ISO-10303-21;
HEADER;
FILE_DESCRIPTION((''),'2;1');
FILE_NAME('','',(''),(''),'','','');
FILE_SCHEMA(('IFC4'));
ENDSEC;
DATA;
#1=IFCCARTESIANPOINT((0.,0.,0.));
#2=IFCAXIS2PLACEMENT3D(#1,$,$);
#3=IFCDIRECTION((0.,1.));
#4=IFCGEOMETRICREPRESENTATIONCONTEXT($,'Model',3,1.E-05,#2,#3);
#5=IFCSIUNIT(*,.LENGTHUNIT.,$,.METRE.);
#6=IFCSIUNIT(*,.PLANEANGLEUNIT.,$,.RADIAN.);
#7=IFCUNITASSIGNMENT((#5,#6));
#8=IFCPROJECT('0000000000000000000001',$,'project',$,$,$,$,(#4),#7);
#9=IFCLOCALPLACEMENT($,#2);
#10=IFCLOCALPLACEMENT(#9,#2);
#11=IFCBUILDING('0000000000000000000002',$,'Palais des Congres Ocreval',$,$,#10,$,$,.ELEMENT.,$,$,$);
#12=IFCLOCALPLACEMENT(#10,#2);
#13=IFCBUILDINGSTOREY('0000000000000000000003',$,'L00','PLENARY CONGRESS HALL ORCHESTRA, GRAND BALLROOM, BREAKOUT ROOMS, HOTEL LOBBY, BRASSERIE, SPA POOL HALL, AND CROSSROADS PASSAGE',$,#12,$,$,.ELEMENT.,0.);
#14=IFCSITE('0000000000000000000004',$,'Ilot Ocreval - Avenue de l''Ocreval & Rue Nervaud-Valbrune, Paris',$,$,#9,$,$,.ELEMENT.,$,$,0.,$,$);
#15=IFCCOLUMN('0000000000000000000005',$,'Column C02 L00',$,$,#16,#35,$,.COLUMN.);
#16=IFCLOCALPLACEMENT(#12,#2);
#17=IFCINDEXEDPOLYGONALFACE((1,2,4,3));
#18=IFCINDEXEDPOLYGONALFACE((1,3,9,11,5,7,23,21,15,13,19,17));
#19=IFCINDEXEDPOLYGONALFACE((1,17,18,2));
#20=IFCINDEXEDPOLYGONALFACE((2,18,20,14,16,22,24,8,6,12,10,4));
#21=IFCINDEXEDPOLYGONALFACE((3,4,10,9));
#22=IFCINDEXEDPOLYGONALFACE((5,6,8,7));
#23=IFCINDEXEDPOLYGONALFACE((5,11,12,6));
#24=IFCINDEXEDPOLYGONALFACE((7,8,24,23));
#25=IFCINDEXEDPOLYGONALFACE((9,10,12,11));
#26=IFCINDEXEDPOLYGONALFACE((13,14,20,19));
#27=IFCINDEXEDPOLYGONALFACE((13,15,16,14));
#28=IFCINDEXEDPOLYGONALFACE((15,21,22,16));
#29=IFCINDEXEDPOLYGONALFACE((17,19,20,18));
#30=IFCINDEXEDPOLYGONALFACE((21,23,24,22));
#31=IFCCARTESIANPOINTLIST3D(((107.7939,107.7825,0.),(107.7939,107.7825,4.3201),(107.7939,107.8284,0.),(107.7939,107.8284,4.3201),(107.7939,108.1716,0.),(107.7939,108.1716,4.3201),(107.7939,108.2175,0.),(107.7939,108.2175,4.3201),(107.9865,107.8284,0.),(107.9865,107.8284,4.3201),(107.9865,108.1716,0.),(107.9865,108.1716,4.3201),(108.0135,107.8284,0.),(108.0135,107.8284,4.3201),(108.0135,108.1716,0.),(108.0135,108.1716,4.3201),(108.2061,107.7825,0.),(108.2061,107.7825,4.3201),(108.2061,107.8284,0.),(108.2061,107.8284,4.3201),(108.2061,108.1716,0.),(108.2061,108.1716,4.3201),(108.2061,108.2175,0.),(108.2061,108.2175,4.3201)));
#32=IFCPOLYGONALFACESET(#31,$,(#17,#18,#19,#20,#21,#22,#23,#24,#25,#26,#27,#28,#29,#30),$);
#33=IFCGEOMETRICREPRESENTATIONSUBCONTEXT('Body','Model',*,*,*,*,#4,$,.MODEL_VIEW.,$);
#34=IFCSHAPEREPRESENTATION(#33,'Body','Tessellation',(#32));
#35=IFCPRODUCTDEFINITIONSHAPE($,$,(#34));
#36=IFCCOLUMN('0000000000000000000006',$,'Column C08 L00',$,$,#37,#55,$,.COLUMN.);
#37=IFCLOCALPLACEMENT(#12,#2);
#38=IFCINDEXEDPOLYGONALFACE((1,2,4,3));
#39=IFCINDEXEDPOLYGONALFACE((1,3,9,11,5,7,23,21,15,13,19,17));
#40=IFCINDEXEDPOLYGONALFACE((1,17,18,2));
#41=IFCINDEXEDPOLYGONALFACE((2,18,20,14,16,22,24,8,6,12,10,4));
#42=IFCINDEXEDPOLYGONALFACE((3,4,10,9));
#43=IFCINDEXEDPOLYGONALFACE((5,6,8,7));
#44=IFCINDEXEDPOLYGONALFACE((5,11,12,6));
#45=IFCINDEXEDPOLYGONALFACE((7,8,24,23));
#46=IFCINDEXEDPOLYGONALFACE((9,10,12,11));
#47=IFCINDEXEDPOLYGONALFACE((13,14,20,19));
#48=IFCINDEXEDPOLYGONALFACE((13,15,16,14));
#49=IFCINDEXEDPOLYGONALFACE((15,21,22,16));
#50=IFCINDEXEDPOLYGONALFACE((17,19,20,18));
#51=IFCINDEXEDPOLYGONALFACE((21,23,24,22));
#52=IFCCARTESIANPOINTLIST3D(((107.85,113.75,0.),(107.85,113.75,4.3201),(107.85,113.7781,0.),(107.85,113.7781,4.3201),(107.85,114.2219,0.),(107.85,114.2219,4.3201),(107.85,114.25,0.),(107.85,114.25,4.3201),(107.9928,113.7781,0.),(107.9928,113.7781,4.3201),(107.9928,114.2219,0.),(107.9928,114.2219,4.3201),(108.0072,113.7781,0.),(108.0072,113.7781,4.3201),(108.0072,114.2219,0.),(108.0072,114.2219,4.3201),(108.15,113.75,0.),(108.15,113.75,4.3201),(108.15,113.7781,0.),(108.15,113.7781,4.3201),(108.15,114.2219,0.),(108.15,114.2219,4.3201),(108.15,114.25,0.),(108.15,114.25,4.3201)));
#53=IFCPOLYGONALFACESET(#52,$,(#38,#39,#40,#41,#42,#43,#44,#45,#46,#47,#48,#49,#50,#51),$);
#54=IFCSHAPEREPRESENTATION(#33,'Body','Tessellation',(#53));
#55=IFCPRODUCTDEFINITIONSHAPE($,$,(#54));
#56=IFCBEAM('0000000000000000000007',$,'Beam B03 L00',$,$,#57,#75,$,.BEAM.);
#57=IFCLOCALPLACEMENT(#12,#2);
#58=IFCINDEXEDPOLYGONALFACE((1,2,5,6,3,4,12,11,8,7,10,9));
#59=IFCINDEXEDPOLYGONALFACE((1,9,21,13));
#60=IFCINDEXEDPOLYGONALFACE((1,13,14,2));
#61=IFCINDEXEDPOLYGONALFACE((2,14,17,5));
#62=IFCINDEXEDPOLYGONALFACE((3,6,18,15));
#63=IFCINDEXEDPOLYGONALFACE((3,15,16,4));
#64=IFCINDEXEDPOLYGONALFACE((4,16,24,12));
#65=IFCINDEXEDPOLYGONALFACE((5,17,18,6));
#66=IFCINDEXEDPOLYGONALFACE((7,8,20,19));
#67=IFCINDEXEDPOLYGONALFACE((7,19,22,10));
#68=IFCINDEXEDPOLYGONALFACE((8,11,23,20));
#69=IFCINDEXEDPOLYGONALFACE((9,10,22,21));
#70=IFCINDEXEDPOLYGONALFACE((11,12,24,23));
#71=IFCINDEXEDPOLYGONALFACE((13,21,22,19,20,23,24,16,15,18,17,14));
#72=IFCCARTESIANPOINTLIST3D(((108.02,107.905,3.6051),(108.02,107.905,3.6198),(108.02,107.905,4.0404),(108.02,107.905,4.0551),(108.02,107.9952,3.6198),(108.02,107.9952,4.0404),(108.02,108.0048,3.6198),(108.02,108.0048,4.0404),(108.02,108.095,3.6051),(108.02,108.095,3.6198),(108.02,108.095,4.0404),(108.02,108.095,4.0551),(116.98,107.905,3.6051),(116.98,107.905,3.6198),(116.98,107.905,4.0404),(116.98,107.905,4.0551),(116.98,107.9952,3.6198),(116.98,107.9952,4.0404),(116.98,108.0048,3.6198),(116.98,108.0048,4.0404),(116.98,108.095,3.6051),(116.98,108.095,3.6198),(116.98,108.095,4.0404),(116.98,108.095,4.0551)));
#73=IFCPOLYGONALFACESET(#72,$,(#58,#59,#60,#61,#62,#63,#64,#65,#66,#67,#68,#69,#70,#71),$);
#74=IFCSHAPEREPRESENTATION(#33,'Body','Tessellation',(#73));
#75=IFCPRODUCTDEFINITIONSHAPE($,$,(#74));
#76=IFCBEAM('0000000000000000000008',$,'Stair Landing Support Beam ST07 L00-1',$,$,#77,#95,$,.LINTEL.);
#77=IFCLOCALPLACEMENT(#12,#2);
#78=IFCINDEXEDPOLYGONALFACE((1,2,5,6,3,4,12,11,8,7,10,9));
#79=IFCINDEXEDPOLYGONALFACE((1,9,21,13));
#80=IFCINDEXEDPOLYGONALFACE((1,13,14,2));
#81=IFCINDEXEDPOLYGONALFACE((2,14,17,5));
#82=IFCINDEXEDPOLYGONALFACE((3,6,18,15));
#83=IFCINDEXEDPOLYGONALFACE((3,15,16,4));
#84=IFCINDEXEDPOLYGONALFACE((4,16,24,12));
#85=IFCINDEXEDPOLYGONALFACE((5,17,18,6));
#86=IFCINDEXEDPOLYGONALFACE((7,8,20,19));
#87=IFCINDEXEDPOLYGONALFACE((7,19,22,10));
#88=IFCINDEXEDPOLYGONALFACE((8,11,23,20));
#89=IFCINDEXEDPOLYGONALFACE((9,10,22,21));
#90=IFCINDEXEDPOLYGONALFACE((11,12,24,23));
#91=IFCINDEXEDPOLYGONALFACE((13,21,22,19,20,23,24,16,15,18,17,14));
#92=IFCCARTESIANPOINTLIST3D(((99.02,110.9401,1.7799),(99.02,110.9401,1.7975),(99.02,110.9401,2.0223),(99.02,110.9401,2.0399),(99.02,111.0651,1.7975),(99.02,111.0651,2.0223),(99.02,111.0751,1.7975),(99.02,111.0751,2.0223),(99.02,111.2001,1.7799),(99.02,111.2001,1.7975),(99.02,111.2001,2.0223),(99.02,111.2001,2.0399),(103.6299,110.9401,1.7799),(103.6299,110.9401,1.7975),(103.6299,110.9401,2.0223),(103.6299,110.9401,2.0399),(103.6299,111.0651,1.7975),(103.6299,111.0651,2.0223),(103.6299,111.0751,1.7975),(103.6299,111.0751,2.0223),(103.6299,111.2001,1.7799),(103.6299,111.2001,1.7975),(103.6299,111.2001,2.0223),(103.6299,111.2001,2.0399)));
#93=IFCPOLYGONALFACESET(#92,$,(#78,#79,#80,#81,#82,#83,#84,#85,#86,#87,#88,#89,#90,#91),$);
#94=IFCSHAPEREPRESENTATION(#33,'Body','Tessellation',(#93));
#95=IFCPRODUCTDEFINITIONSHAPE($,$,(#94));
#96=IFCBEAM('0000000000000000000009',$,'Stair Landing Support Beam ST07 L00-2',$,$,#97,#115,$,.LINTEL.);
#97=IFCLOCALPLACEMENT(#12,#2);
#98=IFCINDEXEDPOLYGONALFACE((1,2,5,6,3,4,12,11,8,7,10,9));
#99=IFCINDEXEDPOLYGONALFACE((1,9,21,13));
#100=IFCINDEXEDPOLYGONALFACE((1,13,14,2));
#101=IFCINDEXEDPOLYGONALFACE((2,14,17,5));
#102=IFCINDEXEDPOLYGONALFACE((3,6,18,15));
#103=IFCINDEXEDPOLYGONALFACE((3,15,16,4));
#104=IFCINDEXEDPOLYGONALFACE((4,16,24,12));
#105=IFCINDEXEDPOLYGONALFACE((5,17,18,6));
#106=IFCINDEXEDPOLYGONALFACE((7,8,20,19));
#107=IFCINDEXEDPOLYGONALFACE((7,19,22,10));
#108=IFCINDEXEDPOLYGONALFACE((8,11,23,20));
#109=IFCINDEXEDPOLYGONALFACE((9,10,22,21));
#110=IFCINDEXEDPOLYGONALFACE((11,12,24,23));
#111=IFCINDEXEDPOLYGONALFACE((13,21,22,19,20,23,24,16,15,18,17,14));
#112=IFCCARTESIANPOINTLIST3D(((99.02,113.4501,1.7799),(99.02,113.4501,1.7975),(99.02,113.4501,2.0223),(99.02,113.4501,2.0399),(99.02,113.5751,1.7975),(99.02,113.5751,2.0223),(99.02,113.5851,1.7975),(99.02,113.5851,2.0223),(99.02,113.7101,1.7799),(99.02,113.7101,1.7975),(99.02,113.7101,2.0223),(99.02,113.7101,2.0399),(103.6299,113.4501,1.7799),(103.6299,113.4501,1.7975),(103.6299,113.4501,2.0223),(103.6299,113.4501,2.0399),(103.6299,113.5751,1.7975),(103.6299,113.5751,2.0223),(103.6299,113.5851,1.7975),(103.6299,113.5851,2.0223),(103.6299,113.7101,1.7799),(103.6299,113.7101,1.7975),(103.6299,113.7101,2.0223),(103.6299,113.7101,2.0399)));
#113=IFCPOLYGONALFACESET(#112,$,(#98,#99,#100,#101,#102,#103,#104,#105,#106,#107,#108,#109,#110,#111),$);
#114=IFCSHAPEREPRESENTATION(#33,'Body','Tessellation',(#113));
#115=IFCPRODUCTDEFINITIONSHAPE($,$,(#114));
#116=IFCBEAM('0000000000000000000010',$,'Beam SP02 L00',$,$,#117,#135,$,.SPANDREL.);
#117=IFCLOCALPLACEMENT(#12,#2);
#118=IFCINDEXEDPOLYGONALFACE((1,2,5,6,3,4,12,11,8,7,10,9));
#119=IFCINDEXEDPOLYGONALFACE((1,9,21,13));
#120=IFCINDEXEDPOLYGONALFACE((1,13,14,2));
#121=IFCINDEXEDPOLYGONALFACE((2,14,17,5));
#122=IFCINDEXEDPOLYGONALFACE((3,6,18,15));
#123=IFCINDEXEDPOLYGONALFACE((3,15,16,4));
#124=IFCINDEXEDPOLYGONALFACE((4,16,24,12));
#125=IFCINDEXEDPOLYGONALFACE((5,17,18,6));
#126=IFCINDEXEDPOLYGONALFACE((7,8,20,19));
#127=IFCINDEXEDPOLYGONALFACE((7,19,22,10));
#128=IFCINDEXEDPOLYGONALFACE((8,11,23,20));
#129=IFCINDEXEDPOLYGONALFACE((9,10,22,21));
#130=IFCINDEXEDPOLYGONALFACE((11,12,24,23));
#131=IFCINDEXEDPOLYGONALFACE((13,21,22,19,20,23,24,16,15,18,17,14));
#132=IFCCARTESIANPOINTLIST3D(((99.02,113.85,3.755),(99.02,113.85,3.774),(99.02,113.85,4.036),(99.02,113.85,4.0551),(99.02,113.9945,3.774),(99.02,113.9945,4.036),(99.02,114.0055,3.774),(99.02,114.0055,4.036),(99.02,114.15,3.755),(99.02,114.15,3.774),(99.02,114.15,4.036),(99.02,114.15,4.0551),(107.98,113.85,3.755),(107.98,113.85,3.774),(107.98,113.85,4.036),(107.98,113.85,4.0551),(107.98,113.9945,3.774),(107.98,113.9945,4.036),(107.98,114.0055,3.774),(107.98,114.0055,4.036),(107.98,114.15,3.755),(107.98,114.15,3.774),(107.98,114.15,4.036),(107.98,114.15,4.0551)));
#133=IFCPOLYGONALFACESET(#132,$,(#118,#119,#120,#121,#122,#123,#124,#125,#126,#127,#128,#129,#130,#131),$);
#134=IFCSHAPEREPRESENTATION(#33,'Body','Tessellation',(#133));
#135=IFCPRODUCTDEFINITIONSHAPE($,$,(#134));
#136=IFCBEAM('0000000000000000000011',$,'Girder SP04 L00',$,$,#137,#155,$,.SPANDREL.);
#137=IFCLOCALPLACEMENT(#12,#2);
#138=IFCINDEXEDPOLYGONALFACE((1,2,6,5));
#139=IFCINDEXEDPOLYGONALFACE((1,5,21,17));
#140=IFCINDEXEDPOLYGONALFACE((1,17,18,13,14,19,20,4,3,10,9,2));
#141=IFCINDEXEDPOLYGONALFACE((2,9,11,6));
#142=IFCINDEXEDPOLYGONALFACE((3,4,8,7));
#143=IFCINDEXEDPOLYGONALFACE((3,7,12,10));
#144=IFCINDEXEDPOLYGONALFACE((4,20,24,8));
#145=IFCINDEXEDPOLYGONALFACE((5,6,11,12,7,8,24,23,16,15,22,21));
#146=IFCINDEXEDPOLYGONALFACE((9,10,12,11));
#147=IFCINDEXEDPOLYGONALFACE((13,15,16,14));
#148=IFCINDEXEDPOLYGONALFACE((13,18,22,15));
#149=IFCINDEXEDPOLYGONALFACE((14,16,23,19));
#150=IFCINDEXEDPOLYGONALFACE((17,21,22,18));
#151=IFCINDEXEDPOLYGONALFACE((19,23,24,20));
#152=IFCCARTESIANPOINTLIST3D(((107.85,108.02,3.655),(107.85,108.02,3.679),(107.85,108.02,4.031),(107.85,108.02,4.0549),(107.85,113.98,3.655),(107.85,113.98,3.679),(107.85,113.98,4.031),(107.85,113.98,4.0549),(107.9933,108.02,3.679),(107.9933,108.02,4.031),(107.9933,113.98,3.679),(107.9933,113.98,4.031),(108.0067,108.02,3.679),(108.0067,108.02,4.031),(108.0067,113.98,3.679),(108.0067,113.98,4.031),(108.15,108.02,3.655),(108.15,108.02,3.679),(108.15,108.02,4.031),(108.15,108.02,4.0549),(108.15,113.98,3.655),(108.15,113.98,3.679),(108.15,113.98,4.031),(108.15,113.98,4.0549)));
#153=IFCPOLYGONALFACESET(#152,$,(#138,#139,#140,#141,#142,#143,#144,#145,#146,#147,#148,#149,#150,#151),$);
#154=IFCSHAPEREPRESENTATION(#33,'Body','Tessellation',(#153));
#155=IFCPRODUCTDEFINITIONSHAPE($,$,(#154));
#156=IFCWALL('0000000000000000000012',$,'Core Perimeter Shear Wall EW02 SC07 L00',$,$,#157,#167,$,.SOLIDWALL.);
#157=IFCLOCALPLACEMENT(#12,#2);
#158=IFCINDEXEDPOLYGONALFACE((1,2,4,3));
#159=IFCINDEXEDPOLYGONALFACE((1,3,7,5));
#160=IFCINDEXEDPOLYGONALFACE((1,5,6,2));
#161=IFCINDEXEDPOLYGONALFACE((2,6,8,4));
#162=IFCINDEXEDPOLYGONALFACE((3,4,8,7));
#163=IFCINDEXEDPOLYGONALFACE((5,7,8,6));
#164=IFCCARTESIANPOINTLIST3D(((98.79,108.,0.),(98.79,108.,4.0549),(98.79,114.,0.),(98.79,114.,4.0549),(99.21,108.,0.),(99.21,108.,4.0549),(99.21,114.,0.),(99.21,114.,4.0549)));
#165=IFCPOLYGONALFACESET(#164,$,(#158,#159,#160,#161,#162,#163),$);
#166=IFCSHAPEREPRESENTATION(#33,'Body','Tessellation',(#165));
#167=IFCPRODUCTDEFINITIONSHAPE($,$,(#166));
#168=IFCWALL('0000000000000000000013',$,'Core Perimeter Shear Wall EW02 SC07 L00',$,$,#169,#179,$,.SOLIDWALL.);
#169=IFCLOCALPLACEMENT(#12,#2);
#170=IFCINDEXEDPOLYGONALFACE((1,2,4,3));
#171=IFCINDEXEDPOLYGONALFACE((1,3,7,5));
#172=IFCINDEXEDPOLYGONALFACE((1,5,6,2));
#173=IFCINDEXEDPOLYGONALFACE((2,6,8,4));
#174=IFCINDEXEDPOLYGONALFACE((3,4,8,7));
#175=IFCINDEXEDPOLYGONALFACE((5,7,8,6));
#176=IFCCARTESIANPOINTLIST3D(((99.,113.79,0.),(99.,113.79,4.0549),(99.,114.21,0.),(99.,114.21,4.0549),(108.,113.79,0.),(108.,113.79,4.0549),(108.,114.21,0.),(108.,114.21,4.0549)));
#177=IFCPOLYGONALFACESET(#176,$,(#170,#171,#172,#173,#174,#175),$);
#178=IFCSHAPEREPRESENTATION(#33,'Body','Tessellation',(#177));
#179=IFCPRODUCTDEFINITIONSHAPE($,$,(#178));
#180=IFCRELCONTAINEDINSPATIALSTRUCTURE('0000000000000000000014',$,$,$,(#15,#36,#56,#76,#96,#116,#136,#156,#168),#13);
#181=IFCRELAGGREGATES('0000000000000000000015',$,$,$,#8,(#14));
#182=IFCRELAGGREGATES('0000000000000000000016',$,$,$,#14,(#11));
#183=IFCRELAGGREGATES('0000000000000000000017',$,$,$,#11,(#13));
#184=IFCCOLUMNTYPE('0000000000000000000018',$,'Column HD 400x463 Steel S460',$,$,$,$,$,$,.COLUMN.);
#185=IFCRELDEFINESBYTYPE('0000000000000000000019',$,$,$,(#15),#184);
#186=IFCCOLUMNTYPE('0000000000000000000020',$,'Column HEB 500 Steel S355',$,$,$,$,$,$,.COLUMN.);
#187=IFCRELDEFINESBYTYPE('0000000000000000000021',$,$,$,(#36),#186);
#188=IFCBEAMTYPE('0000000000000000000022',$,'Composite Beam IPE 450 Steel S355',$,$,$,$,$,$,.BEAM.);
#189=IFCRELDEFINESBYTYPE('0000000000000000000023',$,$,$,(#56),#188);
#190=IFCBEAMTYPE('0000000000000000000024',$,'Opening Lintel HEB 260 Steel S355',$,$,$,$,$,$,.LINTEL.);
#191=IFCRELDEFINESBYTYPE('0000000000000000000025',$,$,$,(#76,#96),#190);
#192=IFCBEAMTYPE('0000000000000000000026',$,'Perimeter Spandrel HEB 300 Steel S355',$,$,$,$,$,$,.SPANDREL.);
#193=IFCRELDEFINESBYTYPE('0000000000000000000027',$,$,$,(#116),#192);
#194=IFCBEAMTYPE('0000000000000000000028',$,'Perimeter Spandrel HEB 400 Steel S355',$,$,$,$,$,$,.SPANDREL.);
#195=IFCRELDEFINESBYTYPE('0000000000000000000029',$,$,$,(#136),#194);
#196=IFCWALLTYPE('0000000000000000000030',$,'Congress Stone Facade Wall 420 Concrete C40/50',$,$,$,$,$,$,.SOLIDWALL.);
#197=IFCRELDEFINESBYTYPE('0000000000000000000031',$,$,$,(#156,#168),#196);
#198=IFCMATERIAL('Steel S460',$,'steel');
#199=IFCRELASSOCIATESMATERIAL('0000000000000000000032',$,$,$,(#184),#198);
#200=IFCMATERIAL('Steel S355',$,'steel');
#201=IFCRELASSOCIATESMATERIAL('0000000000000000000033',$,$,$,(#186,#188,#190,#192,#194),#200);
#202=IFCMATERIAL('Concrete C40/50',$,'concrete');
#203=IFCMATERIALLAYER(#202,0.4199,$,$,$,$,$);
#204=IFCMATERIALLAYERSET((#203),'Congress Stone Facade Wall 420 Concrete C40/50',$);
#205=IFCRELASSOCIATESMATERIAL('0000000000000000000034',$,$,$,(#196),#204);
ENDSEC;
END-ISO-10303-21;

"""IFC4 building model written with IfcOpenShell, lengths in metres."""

from ifc_helpers import new_model, si_unit, direction, frame, frame_2d, origin, origin_2d, place, context, subcontext, project, spatial, rectangle, i_section, extrude, material, layer, layer_set, material_profile, profile_set, type_object, element, save


model = new_model("IFC4")

# Units and contexts
model_context = context("Model", 3, precision=1e-05, world=origin(), true_north=direction((0.0, 1.0)))
body_context = subcontext(model_context, "Body", "Model", "MODEL_VIEW")
ifc_project = project(units=[si_unit("LENGTHUNIT", "METRE"), si_unit("PLANEANGLEUNIT", "RADIAN")], contexts=[model_context])

# Site, building, storey
site_placement = place(None, origin())
site = spatial("IfcSite", under=ifc_project, at=site_placement, Name="Ilot Ocreval - Avenue de l'Ocreval & Rue Nervaud-Valbrune, Paris", CompositionType="ELEMENT", RefElevation=0.0)
building_placement = place(site_placement, origin())
building = spatial("IfcBuilding", under=site, at=building_placement, Name="Palais des Congres Ocreval", CompositionType="ELEMENT")
storey_placement = place(building_placement, origin())
storey = spatial("IfcBuildingStorey", under=building, at=storey_placement, Name="L00", Description="PLENARY CONGRESS HALL ORCHESTRA, GRAND BALLROOM, BREAKOUT ROOMS, HOTEL LOBBY, BRASSERIE, SPA POOL HALL, AND CROSSROADS PASSAGE", CompositionType="ELEMENT", Elevation=0.0)

# Columns
ifc_material_1 = material(Name="Steel S460", Category="steel")
ifc_material_profile_1 = material_profile(ifc_material_1, i_section(OverallWidth=0.4121, OverallDepth=0.4351, WebThickness=0.0271, FlangeThickness=0.0459, at=origin_2d()), Name="HD 400x463")
ifc_profile_set_1 = profile_set([ifc_material_profile_1], Name="Steel S460")
column_type_1 = type_object("IfcColumnType", Name="Column HD 400x463 Steel S460", PredefinedType="COLUMN", material=ifc_profile_set_1)
column_1_placement = place(storey_placement, frame((108.0, 108.0, 0.0), z_axis=(0.0, 0.0, 1.0), x_axis=(1.0, 0.0, 0.0)))
element("IfcColumn", 1, at=column_1_placement, inside=storey, type_object=column_type_1, Name="Column C02 L00", PredefinedType="COLUMN", context=body_context, shape_type="SweptSolid", body=[
    extrude(i_section(OverallWidth=0.4121, OverallDepth=0.4351, WebThickness=0.0271, FlangeThickness=0.0459, at=origin_2d()), origin(), (0.0, 0.0, 1.0), 4.3201),
])
ifc_material_2 = material(Name="Steel S355", Category="steel")
ifc_material_profile_2 = material_profile(ifc_material_2, i_section(OverallWidth=0.3, OverallDepth=0.5, WebThickness=0.0144, FlangeThickness=0.0281, at=origin_2d()), Name="HEB 500")
ifc_profile_set_2 = profile_set([ifc_material_profile_2], Name="Steel S355")
column_type_2 = type_object("IfcColumnType", Name="Column HEB 500 Steel S355", PredefinedType="COLUMN", material=ifc_profile_set_2)
column_2_placement = place(storey_placement, frame((108.0, 114.0, 0.0), z_axis=(0.0, 0.0, 1.0), x_axis=(1.0, 0.0, 0.0)))
element("IfcColumn", 2, at=column_2_placement, inside=storey, type_object=column_type_2, Name="Column C08 L00", PredefinedType="COLUMN", context=body_context, shape_type="SweptSolid", body=[
    extrude(i_section(OverallWidth=0.3, OverallDepth=0.5, WebThickness=0.0144, FlangeThickness=0.0281, at=origin_2d()), origin(), (0.0, 0.0, 1.0), 4.3201),
])

# Beams
ifc_material_profile_3 = material_profile(ifc_material_2, i_section(OverallWidth=0.1899, OverallDepth=0.45, WebThickness=0.0095, FlangeThickness=0.0146, at=origin_2d()), Name="IPE 450")
ifc_profile_set_3 = profile_set([ifc_material_profile_3], Name="Steel S355")
beam_type_1 = type_object("IfcBeamType", Name="Composite Beam IPE 450 Steel S355", PredefinedType="BEAM", material=ifc_profile_set_3)
beam_1_placement = place(storey_placement, frame((108.02, 108.0, 3.8301), z_axis=(1.0, 0.0, 0.0), x_axis=(0.0, 1.0, 0.0)))
element("IfcBeam", 3, at=beam_1_placement, inside=storey, type_object=beam_type_1, Name="Beam B03 L00", PredefinedType="BEAM", context=body_context, shape_type="SweptSolid", body=[
    extrude(i_section(OverallWidth=0.1899, OverallDepth=0.45, WebThickness=0.0095, FlangeThickness=0.0146, at=origin_2d()), origin(), (0.0, 0.0, 1.0), 8.96),
])
ifc_material_profile_4 = material_profile(ifc_material_2, i_section(OverallWidth=0.26, OverallDepth=0.26, WebThickness=0.01, FlangeThickness=0.0176, at=origin_2d()), Name="HEB 260")
ifc_profile_set_4 = profile_set([ifc_material_profile_4], Name="Steel S355")
beam_type_2 = type_object("IfcBeamType", Name="Opening Lintel HEB 260 Steel S355", PredefinedType="LINTEL", material=ifc_profile_set_4)
for number, where, z_axis, x_axis, name in (
    (4, (99.02, 111.0701, 1.9099), (1.0, 0.0, 0.0), (0.0, 1.0, 0.0), "Stair Landing Support Beam ST07 L00-1"),
    (5, (99.02, 113.5801, 1.9099), (1.0, 0.0, 0.0), (0.0, 1.0, 0.0), "Stair Landing Support Beam ST07 L00-2"),
):
    element("IfcBeam", number, at=place(storey_placement, frame(where, z_axis=z_axis, x_axis=x_axis)), inside=storey, type_object=beam_type_2, Name=name, PredefinedType="LINTEL", context=body_context, shape_type="SweptSolid", body=[
        extrude(i_section(OverallWidth=0.26, OverallDepth=0.26, WebThickness=0.01, FlangeThickness=0.0176, at=origin_2d()), origin(), (0.0, 0.0, 1.0), 4.6099),
    ])
ifc_material_profile_5 = material_profile(ifc_material_2, i_section(OverallWidth=0.3, OverallDepth=0.3, WebThickness=0.011, FlangeThickness=0.019, at=origin_2d()), Name="HEB 300")
ifc_profile_set_5 = profile_set([ifc_material_profile_5], Name="Steel S355")
beam_type_3 = type_object("IfcBeamType", Name="Perimeter Spandrel HEB 300 Steel S355", PredefinedType="SPANDREL", material=ifc_profile_set_5)
beam_2_placement = place(storey_placement, frame((99.02, 114.0, 3.905), z_axis=(1.0, 0.0, 0.0), x_axis=(0.0, 1.0, 0.0)))
element("IfcBeam", 6, at=beam_2_placement, inside=storey, type_object=beam_type_3, Name="Beam SP02 L00", PredefinedType="SPANDREL", context=body_context, shape_type="SweptSolid", body=[
    extrude(i_section(OverallWidth=0.3, OverallDepth=0.3, WebThickness=0.011, FlangeThickness=0.019, at=origin_2d()), origin(), (0.0, 0.0, 1.0), 8.96),
])
ifc_material_profile_6 = material_profile(ifc_material_2, i_section(OverallWidth=0.3, OverallDepth=0.3999, WebThickness=0.0134, FlangeThickness=0.0239, at=origin_2d()), Name="HEB 400")
ifc_profile_set_6 = profile_set([ifc_material_profile_6], Name="Steel S355")
beam_type_4 = type_object("IfcBeamType", Name="Perimeter Spandrel HEB 400 Steel S355", PredefinedType="SPANDREL", material=ifc_profile_set_6)
beam_3_placement = place(storey_placement, frame((108.0, 108.02, 3.855), z_axis=(0.0, 1.0, 0.0), x_axis=(-1.0, 0.0, 0.0)))
element("IfcBeam", 7, at=beam_3_placement, inside=storey, type_object=beam_type_4, Name="Girder SP04 L00", PredefinedType="SPANDREL", context=body_context, shape_type="SweptSolid", body=[
    extrude(i_section(OverallWidth=0.3, OverallDepth=0.3999, WebThickness=0.0134, FlangeThickness=0.0239, at=origin_2d()), origin(), (0.0, 0.0, 1.0), 5.96),
])

# Walls
ifc_material_3 = material(Name="Concrete C40/50", Category="concrete")
ifc_layer_1 = layer(ifc_material_3, 0.4199)
ifc_layer_set_1 = layer_set([ifc_layer_1], Name="Congress Stone Facade Wall 420 Concrete C40/50")
wall_type_1 = type_object("IfcWallType", Name="Congress Stone Facade Wall 420 Concrete C40/50", PredefinedType="SOLIDWALL", material=ifc_layer_set_1)
wall_1_placement = place(storey_placement, frame((99.0, 108.0, 0.0), z_axis=(0.0, 0.0, 1.0), x_axis=(0.0, 1.0, 0.0)))
element("IfcWall", 8, at=wall_1_placement, inside=storey, type_object=wall_type_1, Name="Core Perimeter Shear Wall EW02 SC07 L00", PredefinedType="SOLIDWALL", context=body_context, shape_type="SweptSolid", body=[
    extrude(rectangle(XDim=6.0, YDim=0.4199, at=frame_2d((3.0, 0.0))), origin(), (0.0, 0.0, 1.0), 4.0549),
])
wall_2_placement = place(storey_placement, frame((99.0, 114.0, 0.0), z_axis=(0.0, 0.0, 1.0), x_axis=(1.0, 0.0, 0.0)))
element("IfcWall", 9, at=wall_2_placement, inside=storey, type_object=wall_type_1, Name="Core Perimeter Shear Wall EW02 SC07 L00", PredefinedType="SOLIDWALL", context=body_context, shape_type="SweptSolid", body=[
    extrude(rectangle(XDim=9.0, YDim=0.4199, at=frame_2d((4.5, 0.0))), origin(), (0.0, 0.0, 1.0), 4.0549),
])

save(model, "model.ifc")
